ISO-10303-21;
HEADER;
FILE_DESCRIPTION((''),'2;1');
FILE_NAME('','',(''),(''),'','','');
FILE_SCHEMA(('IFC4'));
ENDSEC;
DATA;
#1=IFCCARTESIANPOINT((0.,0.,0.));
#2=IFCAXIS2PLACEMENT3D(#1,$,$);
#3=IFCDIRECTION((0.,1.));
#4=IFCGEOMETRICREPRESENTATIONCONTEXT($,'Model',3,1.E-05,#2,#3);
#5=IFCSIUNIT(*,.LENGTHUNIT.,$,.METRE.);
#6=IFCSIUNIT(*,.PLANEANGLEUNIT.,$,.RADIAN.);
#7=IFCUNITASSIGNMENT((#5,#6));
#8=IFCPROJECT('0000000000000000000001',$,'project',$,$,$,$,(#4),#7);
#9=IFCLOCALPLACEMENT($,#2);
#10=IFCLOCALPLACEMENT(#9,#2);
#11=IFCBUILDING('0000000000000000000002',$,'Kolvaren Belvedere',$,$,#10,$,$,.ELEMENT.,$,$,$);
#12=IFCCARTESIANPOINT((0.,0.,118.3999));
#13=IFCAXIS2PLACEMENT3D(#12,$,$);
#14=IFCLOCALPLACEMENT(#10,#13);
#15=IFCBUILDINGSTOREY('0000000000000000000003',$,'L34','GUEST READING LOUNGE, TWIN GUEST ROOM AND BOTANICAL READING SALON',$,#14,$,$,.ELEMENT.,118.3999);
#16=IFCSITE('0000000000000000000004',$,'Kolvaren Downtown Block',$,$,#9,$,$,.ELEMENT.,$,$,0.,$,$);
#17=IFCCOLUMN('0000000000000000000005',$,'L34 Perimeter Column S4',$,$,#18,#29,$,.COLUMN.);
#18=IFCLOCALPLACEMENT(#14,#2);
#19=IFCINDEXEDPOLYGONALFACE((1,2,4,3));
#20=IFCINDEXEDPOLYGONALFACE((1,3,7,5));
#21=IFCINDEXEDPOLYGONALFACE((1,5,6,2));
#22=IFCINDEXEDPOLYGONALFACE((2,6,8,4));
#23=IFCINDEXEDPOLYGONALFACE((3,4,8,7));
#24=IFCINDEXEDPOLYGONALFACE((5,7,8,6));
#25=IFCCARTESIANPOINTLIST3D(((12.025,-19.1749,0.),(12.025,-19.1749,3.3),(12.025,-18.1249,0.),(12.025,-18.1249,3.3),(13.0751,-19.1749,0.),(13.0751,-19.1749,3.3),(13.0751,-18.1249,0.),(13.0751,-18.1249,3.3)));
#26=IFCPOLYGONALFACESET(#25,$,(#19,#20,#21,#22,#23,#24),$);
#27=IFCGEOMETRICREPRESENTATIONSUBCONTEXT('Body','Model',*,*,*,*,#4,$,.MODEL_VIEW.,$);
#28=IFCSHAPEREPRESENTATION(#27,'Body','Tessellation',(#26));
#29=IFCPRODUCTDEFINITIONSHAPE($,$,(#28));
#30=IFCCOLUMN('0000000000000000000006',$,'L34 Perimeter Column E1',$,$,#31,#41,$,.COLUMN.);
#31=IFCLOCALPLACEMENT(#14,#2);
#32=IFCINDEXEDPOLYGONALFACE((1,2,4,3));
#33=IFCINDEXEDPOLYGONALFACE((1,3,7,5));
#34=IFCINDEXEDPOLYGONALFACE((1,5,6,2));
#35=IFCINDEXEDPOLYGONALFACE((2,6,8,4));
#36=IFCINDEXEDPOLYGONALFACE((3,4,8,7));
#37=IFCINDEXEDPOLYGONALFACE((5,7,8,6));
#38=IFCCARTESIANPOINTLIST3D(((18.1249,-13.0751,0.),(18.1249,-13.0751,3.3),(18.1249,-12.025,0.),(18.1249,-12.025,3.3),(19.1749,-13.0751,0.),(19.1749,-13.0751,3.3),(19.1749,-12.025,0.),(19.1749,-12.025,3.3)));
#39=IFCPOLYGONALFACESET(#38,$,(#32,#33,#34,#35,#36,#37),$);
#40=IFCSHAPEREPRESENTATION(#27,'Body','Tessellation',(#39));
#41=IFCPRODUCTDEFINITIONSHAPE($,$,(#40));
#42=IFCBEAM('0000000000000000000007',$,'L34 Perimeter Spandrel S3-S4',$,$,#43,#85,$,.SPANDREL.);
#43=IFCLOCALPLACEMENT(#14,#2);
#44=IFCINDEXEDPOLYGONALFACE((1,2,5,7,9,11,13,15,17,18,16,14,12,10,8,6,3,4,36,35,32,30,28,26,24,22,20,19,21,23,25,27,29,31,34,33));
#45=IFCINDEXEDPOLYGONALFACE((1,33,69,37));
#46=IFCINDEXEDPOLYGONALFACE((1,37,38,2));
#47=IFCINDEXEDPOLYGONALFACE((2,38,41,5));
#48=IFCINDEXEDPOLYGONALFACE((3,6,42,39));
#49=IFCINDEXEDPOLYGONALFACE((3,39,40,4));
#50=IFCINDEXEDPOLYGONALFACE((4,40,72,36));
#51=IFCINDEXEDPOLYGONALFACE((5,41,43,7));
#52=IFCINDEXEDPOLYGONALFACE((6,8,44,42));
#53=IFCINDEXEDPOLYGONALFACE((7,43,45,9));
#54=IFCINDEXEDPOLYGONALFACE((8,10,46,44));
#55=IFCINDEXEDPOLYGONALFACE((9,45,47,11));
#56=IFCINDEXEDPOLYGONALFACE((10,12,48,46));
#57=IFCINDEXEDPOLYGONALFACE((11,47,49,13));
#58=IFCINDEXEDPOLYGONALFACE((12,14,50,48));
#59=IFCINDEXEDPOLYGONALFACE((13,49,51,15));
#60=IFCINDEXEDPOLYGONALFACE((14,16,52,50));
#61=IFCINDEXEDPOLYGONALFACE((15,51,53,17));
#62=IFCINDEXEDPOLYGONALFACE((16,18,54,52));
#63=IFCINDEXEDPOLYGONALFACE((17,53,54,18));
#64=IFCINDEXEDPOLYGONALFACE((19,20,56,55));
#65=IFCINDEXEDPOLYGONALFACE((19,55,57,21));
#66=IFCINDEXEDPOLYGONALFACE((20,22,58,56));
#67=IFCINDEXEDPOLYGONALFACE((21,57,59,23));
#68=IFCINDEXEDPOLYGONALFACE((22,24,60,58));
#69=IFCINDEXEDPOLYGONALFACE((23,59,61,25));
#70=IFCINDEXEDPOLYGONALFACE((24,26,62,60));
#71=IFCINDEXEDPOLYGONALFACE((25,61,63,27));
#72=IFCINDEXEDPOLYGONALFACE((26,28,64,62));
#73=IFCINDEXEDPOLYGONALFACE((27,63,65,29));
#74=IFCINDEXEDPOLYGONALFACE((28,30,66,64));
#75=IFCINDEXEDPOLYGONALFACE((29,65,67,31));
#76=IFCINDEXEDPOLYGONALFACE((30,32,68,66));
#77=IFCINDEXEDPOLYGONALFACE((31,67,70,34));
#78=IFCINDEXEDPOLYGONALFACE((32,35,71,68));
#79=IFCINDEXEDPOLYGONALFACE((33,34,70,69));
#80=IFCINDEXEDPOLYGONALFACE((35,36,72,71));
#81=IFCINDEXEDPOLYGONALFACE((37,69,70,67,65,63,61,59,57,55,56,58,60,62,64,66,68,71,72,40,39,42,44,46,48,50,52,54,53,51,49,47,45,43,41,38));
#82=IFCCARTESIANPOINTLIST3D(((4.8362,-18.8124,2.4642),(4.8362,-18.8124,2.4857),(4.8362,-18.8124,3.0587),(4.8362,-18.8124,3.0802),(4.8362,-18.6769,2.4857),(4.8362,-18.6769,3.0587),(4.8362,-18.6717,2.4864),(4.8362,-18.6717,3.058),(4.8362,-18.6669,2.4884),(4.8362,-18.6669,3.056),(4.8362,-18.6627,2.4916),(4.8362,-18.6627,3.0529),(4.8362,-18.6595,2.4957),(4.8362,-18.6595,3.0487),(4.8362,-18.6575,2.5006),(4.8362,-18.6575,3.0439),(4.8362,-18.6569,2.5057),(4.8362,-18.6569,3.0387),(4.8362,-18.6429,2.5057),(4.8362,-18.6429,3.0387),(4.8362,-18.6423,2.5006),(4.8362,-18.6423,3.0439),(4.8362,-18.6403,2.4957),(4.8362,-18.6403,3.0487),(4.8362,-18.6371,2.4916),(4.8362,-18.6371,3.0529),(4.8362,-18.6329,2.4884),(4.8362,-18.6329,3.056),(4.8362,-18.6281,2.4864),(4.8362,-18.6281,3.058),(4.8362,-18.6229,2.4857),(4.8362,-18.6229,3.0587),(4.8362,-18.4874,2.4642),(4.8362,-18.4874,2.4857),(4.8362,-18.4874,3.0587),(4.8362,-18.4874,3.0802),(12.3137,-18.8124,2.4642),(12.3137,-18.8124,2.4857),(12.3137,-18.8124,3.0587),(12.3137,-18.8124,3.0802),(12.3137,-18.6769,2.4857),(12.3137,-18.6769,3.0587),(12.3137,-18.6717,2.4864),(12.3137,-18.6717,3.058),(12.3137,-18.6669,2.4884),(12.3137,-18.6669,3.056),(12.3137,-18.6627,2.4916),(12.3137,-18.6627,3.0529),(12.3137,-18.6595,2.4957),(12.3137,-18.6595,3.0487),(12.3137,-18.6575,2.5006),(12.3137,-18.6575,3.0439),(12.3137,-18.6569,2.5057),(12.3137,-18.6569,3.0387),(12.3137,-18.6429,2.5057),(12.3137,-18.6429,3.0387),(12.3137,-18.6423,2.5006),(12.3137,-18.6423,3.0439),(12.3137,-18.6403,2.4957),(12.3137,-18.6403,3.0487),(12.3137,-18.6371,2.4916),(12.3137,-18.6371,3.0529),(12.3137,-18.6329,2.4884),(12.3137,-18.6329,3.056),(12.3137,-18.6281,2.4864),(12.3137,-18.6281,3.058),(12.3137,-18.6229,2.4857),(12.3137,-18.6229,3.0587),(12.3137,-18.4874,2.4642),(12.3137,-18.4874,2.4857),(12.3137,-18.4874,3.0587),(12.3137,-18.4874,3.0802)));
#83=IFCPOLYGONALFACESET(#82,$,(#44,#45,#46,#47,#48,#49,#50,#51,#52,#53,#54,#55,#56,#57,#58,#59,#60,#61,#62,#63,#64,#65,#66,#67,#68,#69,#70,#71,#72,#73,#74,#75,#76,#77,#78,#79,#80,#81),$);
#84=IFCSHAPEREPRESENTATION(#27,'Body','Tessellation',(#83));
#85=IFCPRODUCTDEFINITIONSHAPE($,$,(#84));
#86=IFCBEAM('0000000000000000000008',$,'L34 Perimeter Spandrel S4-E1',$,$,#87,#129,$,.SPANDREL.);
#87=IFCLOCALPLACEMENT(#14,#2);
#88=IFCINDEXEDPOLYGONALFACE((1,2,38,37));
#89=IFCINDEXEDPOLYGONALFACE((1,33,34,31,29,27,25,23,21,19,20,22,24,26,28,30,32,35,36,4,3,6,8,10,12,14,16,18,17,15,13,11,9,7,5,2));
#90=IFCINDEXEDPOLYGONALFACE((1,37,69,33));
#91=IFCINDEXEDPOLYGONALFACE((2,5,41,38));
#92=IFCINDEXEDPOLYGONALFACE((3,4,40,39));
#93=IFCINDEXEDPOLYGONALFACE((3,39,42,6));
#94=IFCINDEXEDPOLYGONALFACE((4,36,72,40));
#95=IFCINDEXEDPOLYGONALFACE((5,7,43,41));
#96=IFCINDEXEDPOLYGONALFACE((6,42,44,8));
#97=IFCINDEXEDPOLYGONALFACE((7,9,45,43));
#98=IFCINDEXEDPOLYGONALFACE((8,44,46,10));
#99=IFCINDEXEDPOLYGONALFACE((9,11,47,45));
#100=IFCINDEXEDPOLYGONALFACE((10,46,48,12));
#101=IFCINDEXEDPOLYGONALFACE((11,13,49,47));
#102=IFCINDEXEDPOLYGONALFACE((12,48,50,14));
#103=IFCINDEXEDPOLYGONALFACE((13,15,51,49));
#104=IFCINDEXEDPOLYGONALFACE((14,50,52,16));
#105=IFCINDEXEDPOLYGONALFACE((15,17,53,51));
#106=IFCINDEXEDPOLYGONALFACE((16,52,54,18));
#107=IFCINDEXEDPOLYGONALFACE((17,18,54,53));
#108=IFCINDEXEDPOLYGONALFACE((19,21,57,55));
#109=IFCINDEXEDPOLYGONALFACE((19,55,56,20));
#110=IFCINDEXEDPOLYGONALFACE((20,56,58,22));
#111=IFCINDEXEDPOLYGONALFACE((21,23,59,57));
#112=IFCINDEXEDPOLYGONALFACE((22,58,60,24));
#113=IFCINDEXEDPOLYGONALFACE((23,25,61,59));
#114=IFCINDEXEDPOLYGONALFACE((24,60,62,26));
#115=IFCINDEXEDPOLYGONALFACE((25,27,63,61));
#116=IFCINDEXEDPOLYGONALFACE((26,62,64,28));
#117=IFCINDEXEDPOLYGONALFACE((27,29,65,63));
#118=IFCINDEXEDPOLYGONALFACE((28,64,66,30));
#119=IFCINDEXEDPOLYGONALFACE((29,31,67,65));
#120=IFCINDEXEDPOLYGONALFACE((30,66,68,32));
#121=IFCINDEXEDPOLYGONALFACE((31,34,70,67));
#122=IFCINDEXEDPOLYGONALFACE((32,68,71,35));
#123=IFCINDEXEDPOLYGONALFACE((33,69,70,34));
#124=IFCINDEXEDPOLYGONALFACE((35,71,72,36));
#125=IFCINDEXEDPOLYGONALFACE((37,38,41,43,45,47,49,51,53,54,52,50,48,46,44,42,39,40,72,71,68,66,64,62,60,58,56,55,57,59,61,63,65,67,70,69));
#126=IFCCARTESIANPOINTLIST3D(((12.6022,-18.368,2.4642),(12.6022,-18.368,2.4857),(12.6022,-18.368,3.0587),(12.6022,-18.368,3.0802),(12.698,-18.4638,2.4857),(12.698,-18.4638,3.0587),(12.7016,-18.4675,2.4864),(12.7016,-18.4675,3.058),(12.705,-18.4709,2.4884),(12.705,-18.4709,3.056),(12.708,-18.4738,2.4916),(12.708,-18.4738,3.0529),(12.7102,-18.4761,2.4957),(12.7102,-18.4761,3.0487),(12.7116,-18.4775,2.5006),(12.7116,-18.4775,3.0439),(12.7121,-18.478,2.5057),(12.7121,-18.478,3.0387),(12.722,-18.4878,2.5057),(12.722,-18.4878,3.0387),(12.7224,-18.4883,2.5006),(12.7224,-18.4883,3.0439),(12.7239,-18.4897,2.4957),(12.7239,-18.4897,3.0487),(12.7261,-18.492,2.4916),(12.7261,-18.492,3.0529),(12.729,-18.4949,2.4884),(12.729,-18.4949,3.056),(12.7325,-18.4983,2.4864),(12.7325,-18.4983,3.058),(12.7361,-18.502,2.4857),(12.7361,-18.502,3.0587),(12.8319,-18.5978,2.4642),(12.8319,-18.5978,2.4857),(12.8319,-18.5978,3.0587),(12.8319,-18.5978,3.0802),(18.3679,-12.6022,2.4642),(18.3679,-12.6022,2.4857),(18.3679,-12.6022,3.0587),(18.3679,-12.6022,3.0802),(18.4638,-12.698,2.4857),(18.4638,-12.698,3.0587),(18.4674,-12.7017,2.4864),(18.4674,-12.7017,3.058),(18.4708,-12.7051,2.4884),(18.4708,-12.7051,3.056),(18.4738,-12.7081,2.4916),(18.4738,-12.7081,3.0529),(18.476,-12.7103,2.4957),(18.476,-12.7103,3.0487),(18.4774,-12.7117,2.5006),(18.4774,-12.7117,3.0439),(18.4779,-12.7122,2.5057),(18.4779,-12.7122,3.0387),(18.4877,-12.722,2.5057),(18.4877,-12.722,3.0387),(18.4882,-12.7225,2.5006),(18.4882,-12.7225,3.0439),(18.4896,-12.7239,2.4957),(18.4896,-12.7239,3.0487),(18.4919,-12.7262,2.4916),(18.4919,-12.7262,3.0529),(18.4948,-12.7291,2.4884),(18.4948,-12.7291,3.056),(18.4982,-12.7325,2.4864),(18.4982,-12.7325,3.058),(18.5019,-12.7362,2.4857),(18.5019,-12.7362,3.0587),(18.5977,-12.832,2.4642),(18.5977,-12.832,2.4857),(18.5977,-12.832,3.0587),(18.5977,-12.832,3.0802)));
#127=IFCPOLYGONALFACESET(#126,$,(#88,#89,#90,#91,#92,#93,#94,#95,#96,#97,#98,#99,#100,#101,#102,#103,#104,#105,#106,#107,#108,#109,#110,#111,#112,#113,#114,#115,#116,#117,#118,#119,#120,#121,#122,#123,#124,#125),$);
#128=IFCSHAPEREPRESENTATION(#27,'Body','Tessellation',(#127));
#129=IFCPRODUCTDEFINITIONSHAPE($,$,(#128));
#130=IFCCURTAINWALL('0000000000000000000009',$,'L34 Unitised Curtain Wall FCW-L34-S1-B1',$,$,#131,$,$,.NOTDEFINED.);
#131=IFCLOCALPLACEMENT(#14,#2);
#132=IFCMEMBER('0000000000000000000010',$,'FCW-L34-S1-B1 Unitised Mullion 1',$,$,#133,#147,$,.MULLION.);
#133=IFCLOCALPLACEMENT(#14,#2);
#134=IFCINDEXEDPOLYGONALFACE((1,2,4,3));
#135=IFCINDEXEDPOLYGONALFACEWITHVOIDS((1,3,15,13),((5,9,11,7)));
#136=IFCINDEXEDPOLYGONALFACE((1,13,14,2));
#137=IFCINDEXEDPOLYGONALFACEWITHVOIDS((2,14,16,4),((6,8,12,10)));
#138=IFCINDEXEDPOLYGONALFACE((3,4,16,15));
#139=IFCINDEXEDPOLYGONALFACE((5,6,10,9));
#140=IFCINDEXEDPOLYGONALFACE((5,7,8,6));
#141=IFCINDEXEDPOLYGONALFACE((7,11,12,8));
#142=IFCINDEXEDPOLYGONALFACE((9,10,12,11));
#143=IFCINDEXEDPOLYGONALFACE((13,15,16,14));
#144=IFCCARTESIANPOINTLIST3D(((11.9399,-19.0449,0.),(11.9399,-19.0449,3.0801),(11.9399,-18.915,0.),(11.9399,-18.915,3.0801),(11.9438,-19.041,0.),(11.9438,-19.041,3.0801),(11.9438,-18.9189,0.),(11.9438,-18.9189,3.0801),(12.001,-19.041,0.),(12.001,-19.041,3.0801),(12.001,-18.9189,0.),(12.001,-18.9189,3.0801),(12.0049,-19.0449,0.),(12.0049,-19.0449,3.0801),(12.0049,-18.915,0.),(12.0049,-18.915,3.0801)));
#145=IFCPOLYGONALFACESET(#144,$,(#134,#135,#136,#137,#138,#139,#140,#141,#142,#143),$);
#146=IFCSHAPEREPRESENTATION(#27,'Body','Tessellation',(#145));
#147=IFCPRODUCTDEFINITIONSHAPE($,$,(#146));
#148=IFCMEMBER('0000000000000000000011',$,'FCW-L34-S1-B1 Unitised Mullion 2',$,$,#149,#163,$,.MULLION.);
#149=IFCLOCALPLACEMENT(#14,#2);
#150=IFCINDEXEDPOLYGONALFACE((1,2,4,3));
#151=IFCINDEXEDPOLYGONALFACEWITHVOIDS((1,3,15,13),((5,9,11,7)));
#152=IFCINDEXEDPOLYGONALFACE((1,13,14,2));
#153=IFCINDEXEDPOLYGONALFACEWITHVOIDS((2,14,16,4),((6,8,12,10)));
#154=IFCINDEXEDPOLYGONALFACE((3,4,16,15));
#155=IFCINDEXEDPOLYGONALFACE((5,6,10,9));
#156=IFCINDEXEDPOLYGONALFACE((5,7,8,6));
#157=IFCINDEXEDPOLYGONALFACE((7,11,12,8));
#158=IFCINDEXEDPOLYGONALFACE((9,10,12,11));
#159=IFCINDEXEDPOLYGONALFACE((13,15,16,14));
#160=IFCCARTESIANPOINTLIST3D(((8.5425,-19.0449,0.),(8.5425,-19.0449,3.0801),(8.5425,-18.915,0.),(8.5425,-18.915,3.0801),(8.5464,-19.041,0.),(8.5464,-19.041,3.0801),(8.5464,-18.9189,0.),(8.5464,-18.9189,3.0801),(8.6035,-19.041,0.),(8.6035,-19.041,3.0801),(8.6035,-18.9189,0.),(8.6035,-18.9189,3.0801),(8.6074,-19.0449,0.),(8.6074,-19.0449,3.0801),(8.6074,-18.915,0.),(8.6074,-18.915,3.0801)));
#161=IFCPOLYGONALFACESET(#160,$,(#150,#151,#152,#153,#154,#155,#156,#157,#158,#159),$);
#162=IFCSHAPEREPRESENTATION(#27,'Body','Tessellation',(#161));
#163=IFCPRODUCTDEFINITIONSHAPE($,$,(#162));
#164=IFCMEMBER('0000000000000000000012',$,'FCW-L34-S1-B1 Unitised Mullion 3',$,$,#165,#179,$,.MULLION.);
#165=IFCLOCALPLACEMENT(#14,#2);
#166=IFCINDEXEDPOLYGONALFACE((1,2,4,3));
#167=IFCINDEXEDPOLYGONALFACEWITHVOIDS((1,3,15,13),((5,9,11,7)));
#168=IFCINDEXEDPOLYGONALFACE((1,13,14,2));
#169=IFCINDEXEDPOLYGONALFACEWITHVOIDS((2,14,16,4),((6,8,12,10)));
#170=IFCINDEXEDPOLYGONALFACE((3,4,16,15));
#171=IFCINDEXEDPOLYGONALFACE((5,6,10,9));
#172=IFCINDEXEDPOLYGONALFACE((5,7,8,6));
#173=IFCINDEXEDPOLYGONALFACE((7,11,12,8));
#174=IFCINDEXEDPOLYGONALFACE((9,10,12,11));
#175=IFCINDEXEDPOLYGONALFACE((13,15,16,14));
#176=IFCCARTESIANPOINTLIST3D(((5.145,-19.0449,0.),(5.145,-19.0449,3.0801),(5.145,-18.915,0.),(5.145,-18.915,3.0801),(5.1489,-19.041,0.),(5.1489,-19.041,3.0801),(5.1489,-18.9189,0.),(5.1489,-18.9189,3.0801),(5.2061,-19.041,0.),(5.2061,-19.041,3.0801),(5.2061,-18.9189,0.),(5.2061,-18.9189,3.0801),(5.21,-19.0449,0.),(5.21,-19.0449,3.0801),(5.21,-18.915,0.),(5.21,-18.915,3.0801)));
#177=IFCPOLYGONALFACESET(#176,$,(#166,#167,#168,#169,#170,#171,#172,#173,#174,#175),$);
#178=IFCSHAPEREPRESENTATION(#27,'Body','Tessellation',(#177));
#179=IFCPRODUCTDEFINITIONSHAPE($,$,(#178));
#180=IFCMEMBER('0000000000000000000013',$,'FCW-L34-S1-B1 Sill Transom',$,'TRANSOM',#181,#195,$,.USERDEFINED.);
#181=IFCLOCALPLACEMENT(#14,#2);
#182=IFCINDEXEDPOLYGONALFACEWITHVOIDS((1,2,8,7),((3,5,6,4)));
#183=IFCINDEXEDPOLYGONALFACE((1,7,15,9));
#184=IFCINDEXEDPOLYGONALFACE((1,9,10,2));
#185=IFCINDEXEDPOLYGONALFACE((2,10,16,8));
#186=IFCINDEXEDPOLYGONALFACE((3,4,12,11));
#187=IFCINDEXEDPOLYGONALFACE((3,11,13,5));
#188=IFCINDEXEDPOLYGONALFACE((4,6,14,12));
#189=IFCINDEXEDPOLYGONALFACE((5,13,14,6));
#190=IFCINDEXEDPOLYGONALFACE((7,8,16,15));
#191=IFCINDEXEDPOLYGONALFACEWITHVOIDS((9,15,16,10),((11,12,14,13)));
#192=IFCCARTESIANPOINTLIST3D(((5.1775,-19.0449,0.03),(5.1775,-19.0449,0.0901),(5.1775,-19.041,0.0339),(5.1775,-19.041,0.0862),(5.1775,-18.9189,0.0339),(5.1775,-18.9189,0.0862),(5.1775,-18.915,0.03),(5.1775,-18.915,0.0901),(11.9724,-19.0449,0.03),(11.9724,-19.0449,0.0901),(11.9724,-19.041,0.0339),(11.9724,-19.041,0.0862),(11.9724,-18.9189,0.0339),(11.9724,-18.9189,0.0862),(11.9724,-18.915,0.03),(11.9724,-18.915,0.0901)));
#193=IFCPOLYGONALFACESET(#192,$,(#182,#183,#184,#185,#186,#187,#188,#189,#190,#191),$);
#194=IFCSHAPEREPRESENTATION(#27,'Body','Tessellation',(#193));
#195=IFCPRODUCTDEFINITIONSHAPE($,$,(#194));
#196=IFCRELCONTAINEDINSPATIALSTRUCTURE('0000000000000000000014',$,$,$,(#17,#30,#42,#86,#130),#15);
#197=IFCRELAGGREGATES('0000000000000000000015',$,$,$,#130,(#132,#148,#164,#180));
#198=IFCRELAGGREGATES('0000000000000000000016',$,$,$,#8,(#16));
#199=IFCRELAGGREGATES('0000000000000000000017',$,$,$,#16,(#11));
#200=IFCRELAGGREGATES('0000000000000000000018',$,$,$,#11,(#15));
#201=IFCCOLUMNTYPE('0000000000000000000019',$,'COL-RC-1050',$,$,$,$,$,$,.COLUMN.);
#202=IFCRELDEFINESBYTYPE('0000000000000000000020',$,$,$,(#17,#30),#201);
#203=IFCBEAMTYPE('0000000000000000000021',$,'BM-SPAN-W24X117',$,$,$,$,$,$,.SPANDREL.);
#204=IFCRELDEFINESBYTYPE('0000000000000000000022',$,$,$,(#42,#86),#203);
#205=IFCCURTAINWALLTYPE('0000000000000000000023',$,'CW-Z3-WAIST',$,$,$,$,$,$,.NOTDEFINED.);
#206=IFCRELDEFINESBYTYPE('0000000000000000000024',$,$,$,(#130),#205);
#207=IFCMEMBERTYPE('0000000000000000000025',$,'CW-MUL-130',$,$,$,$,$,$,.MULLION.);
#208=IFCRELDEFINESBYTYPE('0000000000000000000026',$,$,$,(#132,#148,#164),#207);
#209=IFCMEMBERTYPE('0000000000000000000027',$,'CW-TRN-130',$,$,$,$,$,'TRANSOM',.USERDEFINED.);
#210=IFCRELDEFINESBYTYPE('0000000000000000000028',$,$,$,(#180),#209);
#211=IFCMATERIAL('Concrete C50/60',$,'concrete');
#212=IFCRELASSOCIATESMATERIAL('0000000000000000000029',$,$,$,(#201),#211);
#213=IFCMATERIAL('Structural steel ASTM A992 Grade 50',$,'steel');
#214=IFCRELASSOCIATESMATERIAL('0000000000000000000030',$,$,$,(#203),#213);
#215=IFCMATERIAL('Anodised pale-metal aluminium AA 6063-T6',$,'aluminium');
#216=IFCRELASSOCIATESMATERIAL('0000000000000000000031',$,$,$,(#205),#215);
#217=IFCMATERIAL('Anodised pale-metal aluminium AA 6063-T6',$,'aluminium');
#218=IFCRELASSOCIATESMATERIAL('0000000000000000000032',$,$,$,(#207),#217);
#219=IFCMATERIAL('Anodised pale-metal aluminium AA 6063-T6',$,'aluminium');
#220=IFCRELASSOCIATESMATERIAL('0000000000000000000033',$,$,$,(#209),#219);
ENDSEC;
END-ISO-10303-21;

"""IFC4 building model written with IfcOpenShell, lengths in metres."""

from ifc_helpers import new_model, si_unit, direction, frame, origin, origin_2d, place, context, subcontext, project, spatial, rectangle, hollow_rectangle, i_section, extrude, material, material_profile, profile_set, type_object, element, aggregate, save


model = new_model("IFC4")

# Units and contexts
model_context = context("Model", 3, precision=1e-05, world=origin(), true_north=direction((0.0, 1.0)))
body_context = subcontext(model_context, "Body", "Model", "MODEL_VIEW")
ifc_project = project(units=[si_unit("LENGTHUNIT", "METRE"), si_unit("PLANEANGLEUNIT", "RADIAN")], contexts=[model_context])

# Site, building, storey
site_placement = place(None, origin())
site = spatial("IfcSite", under=ifc_project, at=site_placement, Name="Kolvaren Downtown Block", CompositionType="ELEMENT", RefElevation=0.0)
building_placement = place(site_placement, origin())
building = spatial("IfcBuilding", under=site, at=building_placement, Name="Kolvaren Belvedere", CompositionType="ELEMENT")
storey_placement = place(building_placement, frame((0.0, 0.0, 118.3999)))
storey = spatial("IfcBuildingStorey", under=building, at=storey_placement, Name="L34", Description="GUEST READING LOUNGE, TWIN GUEST ROOM AND BOTANICAL READING SALON", CompositionType="ELEMENT", Elevation=118.3999)

# Columns
ifc_material_1 = material(Name="Concrete C50/60", Category="concrete")
ifc_material_profile_1 = material_profile(ifc_material_1, rectangle(XDim=1.05, YDim=1.05, at=origin_2d()), Name="RC 1050X1050")
ifc_profile_set_1 = profile_set([ifc_material_profile_1], Name="Concrete C50/60")
column_type = type_object("IfcColumnType", Name="COL-RC-1050", PredefinedType="COLUMN", material=ifc_profile_set_1)
for number, where, z_axis, x_axis, name in (
    (1, (12.55, -18.6499, 0.0), (0.0, 0.0, 1.0), (1.0, 0.0, 0.0), "L34 Perimeter Column S4"),
    (2, (18.6499, -12.55, 0.0), (0.0, 0.0, 1.0), (1.0, 0.0, 0.0), "L34 Perimeter Column E1"),
):
    element("IfcColumn", number, at=place(storey_placement, frame(where, z_axis=z_axis, x_axis=x_axis)), inside=storey, type_object=column_type, Name=name, PredefinedType="COLUMN", context=body_context, shape_type="SweptSolid", body=[
        extrude(rectangle(XDim=1.05, YDim=1.05, at=origin_2d()), origin(), (0.0, 0.0, 1.0), 3.3),
    ])

# Beams
ifc_material_2 = material(Name="Structural steel ASTM A992 Grade 50", Category="steel")
ifc_material_profile_2 = material_profile(ifc_material_2, i_section(OverallWidth=0.325, OverallDepth=0.616, WebThickness=0.0139, FlangeThickness=0.0215, FilletRadius=0.02, at=origin_2d()), Name="W24X117")
ifc_profile_set_2 = profile_set([ifc_material_profile_2], Name="Structural steel ASTM A992 Grade 50")
beam_type = type_object("IfcBeamType", Name="BM-SPAN-W24X117", PredefinedType="SPANDREL", material=ifc_profile_set_2)
beam_1_placement = place(storey_placement, frame((4.8362, -18.6499, 2.7722), z_axis=(1.0, 0.0, 0.0), x_axis=(0.0, 1.0, 0.0)))
element("IfcBeam", 3, at=beam_1_placement, inside=storey, type_object=beam_type, Name="L34 Perimeter Spandrel S3-S4", PredefinedType="SPANDREL", context=body_context, shape_type="SweptSolid", body=[
    extrude(i_section(OverallWidth=0.325, OverallDepth=0.616, WebThickness=0.0139, FlangeThickness=0.0215, FilletRadius=0.02, at=origin_2d()), origin(), (0.0, 0.0, 1.0), 7.4775),
])
beam_2_placement = place(storey_placement, frame((12.717, -18.4829, 2.7722), z_axis=(0.707107, 0.707107, 0.0), x_axis=(-0.707107, 0.707107, 0.0)))
element("IfcBeam", 4, at=beam_2_placement, inside=storey, type_object=beam_type, Name="L34 Perimeter Spandrel S4-E1", PredefinedType="SPANDREL", context=body_context, shape_type="SweptSolid", body=[
    extrude(i_section(OverallWidth=0.325, OverallDepth=0.616, WebThickness=0.0139, FlangeThickness=0.0215, FilletRadius=0.02, at=origin_2d()), origin(), (0.0, 0.0, 1.0), 8.1541),
])

# Curtain wall, members
ifc_material_3 = material(Name="Anodised pale-metal aluminium AA 6063-T6", Category="aluminium")
curtain_wall_type = type_object("IfcCurtainWallType", Name="CW-Z3-WAIST", PredefinedType="NOTDEFINED", material=ifc_material_3)
curtain_wall_placement = place(storey_placement, origin())
curtain_wall = element("IfcCurtainWall", 5, at=curtain_wall_placement, inside=storey, type_object=curtain_wall_type, Name="L34 Unitised Curtain Wall FCW-L34-S1-B1", PredefinedType="NOTDEFINED")
ifc_material_4 = material(Name="Anodised pale-metal aluminium AA 6063-T6", Category="aluminium")
ifc_material_profile_3 = material_profile(ifc_material_4, hollow_rectangle(XDim=0.0649, YDim=0.1299, WallThickness=0.0039, at=origin_2d()), Name="ALU-MUL-130X65")
ifc_profile_set_3 = profile_set([ifc_material_profile_3], Name="Anodised pale-metal aluminium AA 6063-T6")
member_type_1 = type_object("IfcMemberType", Name="CW-MUL-130", PredefinedType="MULLION", material=ifc_profile_set_3)
member_1_placement = place(storey_placement, frame((11.9724, -18.98, 0.0), z_axis=(0.0, 0.0, 1.0), x_axis=(1.0, 0.0, 0.0)))
member_1 = element("IfcMember", 6, at=member_1_placement, type_object=member_type_1, Name="FCW-L34-S1-B1 Unitised Mullion 1", PredefinedType="MULLION", context=body_context, shape_type="SweptSolid", body=[
    extrude(hollow_rectangle(XDim=0.0649, YDim=0.1299, WallThickness=0.0039, at=origin_2d()), origin(), (0.0, 0.0, 1.0), 3.0801),
])
member_2_placement = place(storey_placement, frame((8.575, -18.98, 0.0), z_axis=(0.0, 0.0, 1.0), x_axis=(1.0, 0.0, 0.0)))
member_2 = element("IfcMember", 7, at=member_2_placement, type_object=member_type_1, Name="FCW-L34-S1-B1 Unitised Mullion 2", PredefinedType="MULLION", context=body_context, shape_type="SweptSolid", body=[
    extrude(hollow_rectangle(XDim=0.0649, YDim=0.1299, WallThickness=0.0039, at=origin_2d()), origin(), (0.0, 0.0, 1.0), 3.0801),
])
member_3_placement = place(storey_placement, frame((5.1775, -18.98, 0.0), z_axis=(0.0, 0.0, 1.0), x_axis=(1.0, 0.0, 0.0)))
member_3 = element("IfcMember", 8, at=member_3_placement, type_object=member_type_1, Name="FCW-L34-S1-B1 Unitised Mullion 3", PredefinedType="MULLION", context=body_context, shape_type="SweptSolid", body=[
    extrude(hollow_rectangle(XDim=0.0649, YDim=0.1299, WallThickness=0.0039, at=origin_2d()), origin(), (0.0, 0.0, 1.0), 3.0801),
])
ifc_material_5 = material(Name="Anodised pale-metal aluminium AA 6063-T6", Category="aluminium")
ifc_material_profile_4 = material_profile(ifc_material_5, hollow_rectangle(XDim=0.0601, YDim=0.1299, WallThickness=0.0039, at=origin_2d()), Name="ALU-TRN-130X60")
ifc_profile_set_4 = profile_set([ifc_material_profile_4], Name="Anodised pale-metal aluminium AA 6063-T6")
member_type_2 = type_object("IfcMemberType", Name="CW-TRN-130", ElementType="TRANSOM", PredefinedType="USERDEFINED", material=ifc_profile_set_4)
member_4_placement = place(storey_placement, frame((11.9724, -18.98, 0.0601), z_axis=(-1.0, 0.0, 0.0), x_axis=(0.0, 0.0, 1.0)))
member_4 = element("IfcMember", 9, at=member_4_placement, type_object=member_type_2, Name="FCW-L34-S1-B1 Sill Transom", ObjectType="TRANSOM", PredefinedType="USERDEFINED", context=body_context, shape_type="SweptSolid", body=[
    extrude(hollow_rectangle(XDim=0.0601, YDim=0.1299, WallThickness=0.0039, at=origin_2d()), origin(), (0.0, 0.0, 1.0), 6.7949),
])
aggregate(curtain_wall, [member_1, member_2, member_3, member_4])

save(model, "model.ifc")
